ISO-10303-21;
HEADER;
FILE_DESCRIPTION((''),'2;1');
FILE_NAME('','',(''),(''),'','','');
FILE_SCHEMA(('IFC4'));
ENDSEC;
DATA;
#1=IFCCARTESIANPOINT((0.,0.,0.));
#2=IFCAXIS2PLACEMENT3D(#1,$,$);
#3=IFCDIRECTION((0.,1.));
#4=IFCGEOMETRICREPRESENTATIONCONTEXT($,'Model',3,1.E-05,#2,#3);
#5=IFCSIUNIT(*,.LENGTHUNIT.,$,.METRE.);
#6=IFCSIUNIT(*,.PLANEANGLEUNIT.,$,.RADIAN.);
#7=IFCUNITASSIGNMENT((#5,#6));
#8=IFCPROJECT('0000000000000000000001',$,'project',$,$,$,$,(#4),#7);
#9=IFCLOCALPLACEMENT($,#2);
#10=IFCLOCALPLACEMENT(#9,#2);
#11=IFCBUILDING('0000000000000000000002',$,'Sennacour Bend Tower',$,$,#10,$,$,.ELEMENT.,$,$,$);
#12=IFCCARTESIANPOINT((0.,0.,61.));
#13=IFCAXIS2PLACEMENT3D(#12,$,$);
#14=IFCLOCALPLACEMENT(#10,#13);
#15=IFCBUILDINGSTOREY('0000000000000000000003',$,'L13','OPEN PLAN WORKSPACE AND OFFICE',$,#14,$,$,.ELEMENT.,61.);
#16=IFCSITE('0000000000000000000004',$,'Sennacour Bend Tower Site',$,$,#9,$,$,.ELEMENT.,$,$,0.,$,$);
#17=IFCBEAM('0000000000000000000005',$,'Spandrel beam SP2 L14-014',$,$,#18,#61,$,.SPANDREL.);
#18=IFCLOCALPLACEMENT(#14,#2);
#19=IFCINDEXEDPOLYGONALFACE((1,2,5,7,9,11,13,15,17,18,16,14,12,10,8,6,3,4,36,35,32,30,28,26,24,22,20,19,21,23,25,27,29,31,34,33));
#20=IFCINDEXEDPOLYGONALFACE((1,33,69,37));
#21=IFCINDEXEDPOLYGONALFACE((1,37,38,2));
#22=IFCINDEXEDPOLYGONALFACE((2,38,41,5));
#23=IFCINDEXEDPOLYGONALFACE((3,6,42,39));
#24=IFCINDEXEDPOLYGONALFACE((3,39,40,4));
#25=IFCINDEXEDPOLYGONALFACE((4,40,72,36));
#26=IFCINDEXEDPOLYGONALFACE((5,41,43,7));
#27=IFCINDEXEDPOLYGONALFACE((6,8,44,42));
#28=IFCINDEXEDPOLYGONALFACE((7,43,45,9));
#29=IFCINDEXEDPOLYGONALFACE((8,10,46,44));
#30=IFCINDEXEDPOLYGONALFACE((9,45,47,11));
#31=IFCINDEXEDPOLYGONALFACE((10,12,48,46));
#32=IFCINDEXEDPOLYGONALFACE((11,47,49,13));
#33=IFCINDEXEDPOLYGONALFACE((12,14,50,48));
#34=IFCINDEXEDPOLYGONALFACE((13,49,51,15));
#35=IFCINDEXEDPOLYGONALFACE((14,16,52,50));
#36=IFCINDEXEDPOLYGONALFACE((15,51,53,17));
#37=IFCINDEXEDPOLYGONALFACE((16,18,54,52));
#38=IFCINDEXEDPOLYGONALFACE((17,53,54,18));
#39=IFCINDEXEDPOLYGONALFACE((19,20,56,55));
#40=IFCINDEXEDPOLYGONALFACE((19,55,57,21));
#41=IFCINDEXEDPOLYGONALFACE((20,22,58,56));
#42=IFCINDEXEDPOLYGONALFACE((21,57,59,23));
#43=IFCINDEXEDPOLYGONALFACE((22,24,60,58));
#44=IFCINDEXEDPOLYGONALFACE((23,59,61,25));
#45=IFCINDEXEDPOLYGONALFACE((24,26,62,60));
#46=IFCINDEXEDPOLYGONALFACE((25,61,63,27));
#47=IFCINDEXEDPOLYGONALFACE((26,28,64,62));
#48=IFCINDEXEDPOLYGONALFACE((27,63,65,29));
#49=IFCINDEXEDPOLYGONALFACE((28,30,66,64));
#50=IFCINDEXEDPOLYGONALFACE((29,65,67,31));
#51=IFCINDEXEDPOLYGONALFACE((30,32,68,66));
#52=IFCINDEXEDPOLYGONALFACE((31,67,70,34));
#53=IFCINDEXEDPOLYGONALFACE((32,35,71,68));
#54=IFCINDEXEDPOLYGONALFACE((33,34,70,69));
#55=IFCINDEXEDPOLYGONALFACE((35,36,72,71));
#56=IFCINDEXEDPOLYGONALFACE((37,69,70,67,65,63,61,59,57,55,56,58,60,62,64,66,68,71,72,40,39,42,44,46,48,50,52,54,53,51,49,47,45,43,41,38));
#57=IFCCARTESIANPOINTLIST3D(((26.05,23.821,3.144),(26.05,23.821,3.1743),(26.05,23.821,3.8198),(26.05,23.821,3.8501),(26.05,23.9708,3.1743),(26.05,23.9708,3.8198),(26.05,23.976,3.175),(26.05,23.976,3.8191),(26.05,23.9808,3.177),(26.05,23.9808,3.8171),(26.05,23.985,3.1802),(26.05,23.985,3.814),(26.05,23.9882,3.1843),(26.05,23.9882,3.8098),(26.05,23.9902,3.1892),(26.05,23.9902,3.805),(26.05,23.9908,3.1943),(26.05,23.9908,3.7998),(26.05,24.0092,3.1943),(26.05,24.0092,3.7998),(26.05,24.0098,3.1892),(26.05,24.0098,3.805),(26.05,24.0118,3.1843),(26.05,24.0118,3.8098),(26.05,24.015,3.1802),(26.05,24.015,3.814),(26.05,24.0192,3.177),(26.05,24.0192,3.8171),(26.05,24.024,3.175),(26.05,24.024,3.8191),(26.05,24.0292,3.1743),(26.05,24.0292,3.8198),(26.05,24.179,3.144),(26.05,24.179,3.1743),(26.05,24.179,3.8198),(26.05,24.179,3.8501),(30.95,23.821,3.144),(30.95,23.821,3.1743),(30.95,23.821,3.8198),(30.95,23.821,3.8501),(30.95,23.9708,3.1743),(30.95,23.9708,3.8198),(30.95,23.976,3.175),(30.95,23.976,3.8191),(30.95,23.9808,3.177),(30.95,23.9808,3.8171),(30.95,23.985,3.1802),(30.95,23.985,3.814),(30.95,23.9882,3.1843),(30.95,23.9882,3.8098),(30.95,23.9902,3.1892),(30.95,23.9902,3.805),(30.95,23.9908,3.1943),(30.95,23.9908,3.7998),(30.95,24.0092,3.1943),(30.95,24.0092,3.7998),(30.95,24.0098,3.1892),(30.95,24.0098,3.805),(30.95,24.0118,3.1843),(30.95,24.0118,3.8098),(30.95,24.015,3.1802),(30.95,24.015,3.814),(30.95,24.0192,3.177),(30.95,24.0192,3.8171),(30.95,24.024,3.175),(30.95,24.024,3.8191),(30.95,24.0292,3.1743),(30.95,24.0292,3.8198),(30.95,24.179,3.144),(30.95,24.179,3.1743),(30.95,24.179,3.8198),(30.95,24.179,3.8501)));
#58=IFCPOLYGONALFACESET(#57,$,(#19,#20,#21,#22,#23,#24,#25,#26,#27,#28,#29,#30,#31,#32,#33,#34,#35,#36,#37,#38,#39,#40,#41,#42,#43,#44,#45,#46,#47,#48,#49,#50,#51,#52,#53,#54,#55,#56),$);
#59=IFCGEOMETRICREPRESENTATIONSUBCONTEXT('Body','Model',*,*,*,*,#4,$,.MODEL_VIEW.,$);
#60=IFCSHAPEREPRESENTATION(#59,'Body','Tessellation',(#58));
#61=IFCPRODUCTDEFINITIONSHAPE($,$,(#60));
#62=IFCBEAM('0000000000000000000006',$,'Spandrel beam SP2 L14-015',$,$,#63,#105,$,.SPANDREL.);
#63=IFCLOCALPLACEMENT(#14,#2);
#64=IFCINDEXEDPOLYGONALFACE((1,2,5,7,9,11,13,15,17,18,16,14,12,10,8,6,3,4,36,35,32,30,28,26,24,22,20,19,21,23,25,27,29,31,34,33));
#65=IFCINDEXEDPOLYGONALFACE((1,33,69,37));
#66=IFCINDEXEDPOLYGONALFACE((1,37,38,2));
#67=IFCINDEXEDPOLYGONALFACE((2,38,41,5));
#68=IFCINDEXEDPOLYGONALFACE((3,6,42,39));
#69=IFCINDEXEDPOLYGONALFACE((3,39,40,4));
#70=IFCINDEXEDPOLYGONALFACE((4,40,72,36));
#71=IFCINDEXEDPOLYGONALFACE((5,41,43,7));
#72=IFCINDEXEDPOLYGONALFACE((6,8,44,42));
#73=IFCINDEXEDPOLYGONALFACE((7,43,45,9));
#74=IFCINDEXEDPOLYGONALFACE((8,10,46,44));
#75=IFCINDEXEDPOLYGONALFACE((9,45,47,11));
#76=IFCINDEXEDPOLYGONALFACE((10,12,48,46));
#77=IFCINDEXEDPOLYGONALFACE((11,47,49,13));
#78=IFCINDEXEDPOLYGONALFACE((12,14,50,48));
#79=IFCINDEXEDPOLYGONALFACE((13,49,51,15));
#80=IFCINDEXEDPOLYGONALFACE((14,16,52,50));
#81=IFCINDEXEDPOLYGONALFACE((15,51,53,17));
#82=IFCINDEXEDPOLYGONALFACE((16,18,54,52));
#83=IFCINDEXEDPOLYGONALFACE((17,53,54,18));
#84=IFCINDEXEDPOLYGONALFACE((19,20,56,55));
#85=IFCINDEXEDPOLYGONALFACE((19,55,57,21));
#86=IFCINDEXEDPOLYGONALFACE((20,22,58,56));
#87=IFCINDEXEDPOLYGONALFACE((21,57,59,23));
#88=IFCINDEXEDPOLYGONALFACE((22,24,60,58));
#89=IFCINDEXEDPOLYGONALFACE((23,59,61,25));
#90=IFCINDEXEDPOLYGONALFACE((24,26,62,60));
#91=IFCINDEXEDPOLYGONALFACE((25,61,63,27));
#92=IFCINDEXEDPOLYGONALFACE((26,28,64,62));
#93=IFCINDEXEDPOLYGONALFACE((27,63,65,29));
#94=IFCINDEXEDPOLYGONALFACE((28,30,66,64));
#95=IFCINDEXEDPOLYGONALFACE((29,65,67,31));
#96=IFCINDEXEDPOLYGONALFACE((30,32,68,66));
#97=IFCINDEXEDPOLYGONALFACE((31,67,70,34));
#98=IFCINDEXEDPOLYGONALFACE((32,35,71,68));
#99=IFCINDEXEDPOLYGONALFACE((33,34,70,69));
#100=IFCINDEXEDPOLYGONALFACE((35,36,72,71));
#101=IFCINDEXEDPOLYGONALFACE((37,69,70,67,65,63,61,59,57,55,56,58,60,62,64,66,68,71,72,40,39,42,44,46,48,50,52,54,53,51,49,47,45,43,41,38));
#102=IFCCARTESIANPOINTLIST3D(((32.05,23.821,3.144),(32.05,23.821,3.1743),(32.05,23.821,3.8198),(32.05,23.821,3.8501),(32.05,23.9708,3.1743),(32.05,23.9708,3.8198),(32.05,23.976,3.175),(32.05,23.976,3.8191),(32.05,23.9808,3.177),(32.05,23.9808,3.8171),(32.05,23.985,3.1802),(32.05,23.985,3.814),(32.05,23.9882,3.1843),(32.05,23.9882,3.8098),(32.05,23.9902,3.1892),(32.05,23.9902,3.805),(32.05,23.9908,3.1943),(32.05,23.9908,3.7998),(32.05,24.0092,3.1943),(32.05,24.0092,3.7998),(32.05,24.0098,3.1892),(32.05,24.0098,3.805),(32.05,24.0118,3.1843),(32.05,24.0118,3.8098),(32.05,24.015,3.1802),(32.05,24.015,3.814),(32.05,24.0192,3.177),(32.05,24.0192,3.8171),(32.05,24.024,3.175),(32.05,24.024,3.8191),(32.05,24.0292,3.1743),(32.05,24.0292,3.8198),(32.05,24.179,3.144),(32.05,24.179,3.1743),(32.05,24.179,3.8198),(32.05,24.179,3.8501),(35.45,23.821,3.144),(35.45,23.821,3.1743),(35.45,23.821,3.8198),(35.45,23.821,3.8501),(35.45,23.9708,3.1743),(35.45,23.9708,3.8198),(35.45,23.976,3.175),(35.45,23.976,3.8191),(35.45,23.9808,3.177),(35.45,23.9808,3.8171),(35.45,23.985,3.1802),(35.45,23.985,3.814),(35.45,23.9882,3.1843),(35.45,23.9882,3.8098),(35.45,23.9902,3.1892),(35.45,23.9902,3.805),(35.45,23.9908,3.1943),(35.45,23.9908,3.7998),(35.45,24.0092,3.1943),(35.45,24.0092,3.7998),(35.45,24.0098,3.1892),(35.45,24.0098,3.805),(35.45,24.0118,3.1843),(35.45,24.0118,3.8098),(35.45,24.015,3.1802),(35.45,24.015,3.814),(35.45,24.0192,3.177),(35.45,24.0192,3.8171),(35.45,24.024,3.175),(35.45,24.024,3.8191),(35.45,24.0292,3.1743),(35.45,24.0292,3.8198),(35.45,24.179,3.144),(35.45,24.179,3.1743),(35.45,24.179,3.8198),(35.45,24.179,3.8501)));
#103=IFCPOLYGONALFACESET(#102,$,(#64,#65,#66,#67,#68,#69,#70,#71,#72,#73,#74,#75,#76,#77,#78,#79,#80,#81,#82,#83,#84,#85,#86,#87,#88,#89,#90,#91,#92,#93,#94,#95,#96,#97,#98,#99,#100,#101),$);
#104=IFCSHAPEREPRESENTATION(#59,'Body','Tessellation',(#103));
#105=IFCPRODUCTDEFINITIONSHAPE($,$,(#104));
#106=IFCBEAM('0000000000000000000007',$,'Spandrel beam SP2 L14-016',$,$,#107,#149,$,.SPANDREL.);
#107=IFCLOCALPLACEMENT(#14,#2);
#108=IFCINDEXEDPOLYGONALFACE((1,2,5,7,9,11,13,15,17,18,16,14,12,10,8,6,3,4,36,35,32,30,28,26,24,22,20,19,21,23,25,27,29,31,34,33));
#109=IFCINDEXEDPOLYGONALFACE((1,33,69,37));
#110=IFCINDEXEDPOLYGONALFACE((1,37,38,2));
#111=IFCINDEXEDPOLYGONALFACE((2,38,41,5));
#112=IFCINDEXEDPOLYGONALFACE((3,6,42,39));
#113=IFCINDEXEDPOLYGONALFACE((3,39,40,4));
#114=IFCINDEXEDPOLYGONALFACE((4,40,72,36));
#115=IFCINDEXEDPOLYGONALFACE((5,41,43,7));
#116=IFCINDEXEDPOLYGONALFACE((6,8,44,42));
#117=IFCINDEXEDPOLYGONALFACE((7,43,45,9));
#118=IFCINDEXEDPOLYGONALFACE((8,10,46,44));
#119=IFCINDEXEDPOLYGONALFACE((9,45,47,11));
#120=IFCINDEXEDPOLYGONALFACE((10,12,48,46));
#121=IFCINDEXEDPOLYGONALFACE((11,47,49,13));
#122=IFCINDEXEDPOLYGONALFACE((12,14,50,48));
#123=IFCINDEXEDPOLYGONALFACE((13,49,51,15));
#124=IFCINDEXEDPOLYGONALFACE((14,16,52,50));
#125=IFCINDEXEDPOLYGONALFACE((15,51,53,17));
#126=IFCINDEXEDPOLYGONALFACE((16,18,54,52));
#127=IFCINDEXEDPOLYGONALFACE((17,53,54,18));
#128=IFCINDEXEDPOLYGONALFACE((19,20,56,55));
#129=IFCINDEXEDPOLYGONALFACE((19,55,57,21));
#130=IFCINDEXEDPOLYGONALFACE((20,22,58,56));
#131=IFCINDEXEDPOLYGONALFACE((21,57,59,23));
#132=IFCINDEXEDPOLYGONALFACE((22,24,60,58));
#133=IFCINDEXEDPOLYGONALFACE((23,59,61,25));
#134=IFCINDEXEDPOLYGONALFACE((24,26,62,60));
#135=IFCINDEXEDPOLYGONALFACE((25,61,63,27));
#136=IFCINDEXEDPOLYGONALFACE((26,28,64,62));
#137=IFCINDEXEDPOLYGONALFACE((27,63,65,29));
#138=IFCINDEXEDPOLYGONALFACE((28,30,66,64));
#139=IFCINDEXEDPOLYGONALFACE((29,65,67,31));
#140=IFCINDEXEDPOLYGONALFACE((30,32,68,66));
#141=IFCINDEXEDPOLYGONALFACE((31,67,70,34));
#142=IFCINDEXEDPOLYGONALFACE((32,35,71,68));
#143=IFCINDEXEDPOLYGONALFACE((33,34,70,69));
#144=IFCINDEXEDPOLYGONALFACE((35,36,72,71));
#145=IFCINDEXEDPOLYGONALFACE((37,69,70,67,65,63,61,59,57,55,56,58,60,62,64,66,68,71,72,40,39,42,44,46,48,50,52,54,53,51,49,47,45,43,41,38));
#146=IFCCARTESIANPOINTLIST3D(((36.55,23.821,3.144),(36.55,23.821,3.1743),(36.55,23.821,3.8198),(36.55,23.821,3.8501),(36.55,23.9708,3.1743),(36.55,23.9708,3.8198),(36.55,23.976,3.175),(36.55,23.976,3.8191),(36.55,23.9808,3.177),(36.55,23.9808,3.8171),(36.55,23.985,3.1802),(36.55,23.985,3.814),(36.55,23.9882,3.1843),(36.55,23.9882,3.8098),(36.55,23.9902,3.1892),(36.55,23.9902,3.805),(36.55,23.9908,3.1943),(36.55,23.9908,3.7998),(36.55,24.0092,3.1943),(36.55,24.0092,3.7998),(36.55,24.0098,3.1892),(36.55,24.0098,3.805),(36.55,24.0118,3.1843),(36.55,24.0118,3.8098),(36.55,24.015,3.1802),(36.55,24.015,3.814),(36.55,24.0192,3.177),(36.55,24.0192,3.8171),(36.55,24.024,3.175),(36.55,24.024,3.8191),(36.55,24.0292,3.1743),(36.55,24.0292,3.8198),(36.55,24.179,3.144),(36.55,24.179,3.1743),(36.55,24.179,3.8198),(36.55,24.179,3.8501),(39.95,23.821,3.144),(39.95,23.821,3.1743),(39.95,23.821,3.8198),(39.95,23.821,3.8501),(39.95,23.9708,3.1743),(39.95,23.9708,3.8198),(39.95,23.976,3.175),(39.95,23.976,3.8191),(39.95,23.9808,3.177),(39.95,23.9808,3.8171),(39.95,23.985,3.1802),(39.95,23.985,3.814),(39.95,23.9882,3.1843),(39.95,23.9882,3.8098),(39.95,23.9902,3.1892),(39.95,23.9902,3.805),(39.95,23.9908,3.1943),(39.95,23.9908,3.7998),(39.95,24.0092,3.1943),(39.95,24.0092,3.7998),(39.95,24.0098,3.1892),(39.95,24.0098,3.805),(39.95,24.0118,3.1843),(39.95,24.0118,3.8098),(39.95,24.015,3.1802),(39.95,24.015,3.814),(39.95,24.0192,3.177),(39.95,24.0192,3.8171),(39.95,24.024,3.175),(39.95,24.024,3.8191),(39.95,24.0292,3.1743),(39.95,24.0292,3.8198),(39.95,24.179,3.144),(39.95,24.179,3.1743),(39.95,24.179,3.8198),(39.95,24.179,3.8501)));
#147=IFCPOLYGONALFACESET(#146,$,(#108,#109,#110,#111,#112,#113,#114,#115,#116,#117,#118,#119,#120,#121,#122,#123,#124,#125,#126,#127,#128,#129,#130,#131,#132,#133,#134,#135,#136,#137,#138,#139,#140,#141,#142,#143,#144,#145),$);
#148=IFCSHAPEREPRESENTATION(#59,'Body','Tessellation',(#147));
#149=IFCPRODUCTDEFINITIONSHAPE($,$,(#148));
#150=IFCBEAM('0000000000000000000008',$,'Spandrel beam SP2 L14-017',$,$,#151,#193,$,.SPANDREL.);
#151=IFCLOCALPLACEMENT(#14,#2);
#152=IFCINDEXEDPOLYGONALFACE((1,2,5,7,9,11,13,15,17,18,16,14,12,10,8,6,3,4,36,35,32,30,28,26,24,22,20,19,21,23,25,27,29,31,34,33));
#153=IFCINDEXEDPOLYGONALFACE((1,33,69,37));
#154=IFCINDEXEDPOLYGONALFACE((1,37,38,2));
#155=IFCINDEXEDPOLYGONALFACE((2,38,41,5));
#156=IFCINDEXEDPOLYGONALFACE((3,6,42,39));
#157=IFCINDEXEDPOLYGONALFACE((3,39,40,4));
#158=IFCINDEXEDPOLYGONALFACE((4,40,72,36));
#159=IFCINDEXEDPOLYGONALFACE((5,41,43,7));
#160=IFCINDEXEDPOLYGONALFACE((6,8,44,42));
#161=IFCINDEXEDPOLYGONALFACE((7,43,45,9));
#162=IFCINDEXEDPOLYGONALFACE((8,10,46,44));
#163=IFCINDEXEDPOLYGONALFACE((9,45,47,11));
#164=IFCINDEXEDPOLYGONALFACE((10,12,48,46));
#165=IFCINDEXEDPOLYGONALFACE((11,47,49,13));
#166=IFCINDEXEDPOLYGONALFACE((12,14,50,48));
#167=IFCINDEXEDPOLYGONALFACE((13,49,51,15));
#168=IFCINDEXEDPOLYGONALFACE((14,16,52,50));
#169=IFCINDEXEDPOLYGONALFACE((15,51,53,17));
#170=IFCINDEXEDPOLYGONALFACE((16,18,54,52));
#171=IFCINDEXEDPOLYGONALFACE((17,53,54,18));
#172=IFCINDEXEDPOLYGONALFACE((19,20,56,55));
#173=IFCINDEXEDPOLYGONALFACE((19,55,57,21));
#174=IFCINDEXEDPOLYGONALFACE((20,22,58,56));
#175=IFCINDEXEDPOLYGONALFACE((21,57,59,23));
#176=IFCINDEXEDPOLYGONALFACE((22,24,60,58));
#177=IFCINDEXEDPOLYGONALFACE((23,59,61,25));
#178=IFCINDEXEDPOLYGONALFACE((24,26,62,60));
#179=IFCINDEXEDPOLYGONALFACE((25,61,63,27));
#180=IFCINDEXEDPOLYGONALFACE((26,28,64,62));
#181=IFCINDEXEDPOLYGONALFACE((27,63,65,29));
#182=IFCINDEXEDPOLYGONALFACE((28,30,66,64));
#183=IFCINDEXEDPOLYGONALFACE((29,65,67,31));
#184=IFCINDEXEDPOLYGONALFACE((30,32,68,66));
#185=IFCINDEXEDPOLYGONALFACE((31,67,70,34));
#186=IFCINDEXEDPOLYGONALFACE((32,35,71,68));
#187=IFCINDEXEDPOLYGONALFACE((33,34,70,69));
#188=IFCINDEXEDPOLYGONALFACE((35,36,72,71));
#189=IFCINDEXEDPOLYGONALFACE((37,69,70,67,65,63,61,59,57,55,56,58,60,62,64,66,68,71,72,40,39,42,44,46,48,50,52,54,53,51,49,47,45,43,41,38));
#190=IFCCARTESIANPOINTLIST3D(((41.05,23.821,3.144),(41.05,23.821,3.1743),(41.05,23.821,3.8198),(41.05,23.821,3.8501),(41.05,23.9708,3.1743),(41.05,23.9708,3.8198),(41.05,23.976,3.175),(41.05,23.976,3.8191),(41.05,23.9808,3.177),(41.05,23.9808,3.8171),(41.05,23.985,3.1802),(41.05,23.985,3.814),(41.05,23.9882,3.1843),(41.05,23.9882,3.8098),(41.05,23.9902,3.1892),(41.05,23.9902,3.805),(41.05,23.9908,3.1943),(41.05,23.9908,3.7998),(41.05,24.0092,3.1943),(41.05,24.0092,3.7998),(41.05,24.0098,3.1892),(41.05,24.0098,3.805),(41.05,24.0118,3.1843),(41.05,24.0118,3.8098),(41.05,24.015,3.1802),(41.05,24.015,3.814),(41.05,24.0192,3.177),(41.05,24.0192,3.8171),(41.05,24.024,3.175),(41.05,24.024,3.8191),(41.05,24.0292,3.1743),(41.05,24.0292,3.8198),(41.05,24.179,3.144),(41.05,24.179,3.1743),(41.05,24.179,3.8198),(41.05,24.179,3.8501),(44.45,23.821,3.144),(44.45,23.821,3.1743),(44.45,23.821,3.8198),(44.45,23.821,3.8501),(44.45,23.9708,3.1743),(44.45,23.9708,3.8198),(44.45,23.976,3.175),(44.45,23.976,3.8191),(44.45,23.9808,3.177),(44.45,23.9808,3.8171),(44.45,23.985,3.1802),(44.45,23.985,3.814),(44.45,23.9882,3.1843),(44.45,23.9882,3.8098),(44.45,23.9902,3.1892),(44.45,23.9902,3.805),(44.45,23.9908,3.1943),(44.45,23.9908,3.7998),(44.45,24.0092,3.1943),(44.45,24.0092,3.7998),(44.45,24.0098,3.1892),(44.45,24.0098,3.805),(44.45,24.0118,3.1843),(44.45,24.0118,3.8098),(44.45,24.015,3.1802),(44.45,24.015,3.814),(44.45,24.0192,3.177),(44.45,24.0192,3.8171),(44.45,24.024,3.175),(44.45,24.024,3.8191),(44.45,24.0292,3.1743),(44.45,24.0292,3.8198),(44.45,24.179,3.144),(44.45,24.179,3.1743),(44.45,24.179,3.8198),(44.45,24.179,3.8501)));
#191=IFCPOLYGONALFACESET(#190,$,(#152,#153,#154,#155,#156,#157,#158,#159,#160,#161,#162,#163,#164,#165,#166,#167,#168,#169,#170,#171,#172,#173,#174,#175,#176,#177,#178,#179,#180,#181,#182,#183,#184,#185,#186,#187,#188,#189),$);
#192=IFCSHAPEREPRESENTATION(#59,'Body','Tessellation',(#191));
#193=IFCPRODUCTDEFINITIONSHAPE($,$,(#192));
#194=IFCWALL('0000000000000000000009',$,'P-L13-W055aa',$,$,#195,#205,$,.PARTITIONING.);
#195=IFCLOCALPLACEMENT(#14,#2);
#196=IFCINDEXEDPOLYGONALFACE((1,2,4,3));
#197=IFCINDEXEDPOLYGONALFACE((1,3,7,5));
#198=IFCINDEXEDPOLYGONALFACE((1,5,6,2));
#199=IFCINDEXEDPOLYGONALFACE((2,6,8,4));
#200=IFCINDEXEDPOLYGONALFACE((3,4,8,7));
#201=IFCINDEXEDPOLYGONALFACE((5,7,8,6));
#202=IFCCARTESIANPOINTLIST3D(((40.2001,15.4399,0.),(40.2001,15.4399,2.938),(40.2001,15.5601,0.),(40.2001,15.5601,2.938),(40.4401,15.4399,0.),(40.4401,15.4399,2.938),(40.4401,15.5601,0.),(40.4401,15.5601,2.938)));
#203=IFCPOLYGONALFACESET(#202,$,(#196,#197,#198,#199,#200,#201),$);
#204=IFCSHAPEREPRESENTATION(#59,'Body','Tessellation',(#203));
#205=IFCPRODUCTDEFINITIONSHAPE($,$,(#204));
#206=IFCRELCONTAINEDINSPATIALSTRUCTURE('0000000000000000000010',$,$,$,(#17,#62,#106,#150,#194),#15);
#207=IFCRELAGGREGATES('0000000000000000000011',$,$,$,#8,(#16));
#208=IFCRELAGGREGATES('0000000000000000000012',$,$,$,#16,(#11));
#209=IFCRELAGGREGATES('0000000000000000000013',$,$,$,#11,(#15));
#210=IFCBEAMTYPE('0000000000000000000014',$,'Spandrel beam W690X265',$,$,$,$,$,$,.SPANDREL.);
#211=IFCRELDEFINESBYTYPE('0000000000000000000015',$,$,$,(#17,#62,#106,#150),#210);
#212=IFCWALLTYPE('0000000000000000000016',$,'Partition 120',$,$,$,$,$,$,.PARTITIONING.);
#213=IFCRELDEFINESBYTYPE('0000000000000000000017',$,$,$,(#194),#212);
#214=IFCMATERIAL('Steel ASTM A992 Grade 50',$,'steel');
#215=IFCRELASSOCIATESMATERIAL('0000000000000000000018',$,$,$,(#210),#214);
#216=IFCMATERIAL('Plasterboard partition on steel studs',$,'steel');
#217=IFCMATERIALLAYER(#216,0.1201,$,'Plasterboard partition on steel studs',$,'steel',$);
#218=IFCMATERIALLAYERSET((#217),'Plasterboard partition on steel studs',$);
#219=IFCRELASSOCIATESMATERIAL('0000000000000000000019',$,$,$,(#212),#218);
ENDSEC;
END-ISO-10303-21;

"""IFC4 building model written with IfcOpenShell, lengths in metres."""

from ifc_helpers import new_model, si_unit, direction, frame, frame_2d, origin, origin_2d, place, context, subcontext, project, spatial, rectangle, i_section, extrude, material, layer, layer_set, material_profile, profile_set, type_object, element, save


model = new_model("IFC4")

# Units and contexts
model_context = context("Model", 3, precision=1e-05, world=origin(), true_north=direction((0.0, 1.0)))
body_context = subcontext(model_context, "Body", "Model", "MODEL_VIEW")
ifc_project = project(units=[si_unit("LENGTHUNIT", "METRE"), si_unit("PLANEANGLEUNIT", "RADIAN")], contexts=[model_context])

# Site, building, storey
site_placement = place(None, origin())
site = spatial("IfcSite", under=ifc_project, at=site_placement, Name="Sennacour Bend Tower Site", CompositionType="ELEMENT", RefElevation=0.0)
building_placement = place(site_placement, origin())
building = spatial("IfcBuilding", under=site, at=building_placement, Name="Sennacour Bend Tower", CompositionType="ELEMENT")
storey_placement = place(building_placement, frame((0.0, 0.0, 61.0)))
storey = spatial("IfcBuildingStorey", under=building, at=storey_placement, Name="L13", Description="OPEN PLAN WORKSPACE AND OFFICE", CompositionType="ELEMENT", Elevation=61.0)

# Beams
ifc_material_1 = material(Name="Steel ASTM A992 Grade 50", Category="steel")
ifc_material_profile_1 = material_profile(ifc_material_1, i_section(OverallWidth=0.3579, OverallDepth=0.7061, WebThickness=0.0183, FlangeThickness=0.0303, FilletRadius=0.02, at=origin_2d()), Name="Steel ASTM A992 Grade 50", Category="steel")
ifc_profile_set_1 = profile_set([ifc_material_profile_1], Name="Steel ASTM A992 Grade 50")
beam_type_1 = type_object("IfcBeamType", Name="Spandrel beam W690X265", PredefinedType="SPANDREL", material=ifc_profile_set_1)
beam_1_placement = place(storey_placement, frame((26.05, 24.0, 3.4971), z_axis=(1.0, 0.0, 0.0), x_axis=(0.0, 1.0, 0.0)))
element("IfcBeam", 1, at=beam_1_placement, inside=storey, type_object=beam_type_1, Name="Spandrel beam SP2 L14-014", PredefinedType="SPANDREL", context=body_context, shape_type="SweptSolid", body=[
    extrude(i_section(OverallWidth=0.3579, OverallDepth=0.7061, WebThickness=0.0183, FlangeThickness=0.0303, FilletRadius=0.02, at=origin_2d()), origin(), (0.0, 0.0, 1.0), 4.8999),
])
for number, where, z_axis, x_axis, name in (
    (2, (32.05, 24.0, 3.4971), (1.0, 0.0, 0.0), (0.0, 1.0, 0.0), "Spandrel beam SP2 L14-015"),
    (3, (36.55, 24.0, 3.4971), (1.0, 0.0, 0.0), (0.0, 1.0, 0.0), "Spandrel beam SP2 L14-016"),
    (4, (41.05, 24.0, 3.4971), (1.0, 0.0, 0.0), (0.0, 1.0, 0.0), "Spandrel beam SP2 L14-017"),
):
    element("IfcBeam", number, at=place(storey_placement, frame(where, z_axis=z_axis, x_axis=x_axis)), inside=storey, type_object=beam_type_1, Name=name, PredefinedType="SPANDREL", context=body_context, shape_type="SweptSolid", body=[
        extrude(i_section(OverallWidth=0.3579, OverallDepth=0.7061, WebThickness=0.0183, FlangeThickness=0.0303, FilletRadius=0.02, at=origin_2d()), origin(), (0.0, 0.0, 1.0), 3.3999),
    ])

# Wall
ifc_material_2 = material(Name="Plasterboard partition on steel studs", Category="steel")
ifc_layer_1 = layer(ifc_material_2, 0.1201, Name="Plasterboard partition on steel studs", Category="steel")
ifc_layer_set_1 = layer_set([ifc_layer_1], Name="Plasterboard partition on steel studs")
wall_type_1 = type_object("IfcWallType", Name="Partition 120", PredefinedType="PARTITIONING", material=ifc_layer_set_1)
wall_1_placement = place(storey_placement, frame((40.2, 15.5, 0.0), z_axis=(0.0, 0.0, 1.0), x_axis=(1.0, 0.0, 0.0)))
element("IfcWall", 5, at=wall_1_placement, inside=storey, type_object=wall_type_1, Name="P-L13-W055aa", PredefinedType="PARTITIONING", context=body_context, shape_type="SweptSolid", body=[
    extrude(rectangle(XDim=0.24, YDim=0.1201, at=frame_2d((0.1201, 0.0))), origin(), (0.0, 0.0, 1.0), 2.938),
])

save(model, "model.ifc")
